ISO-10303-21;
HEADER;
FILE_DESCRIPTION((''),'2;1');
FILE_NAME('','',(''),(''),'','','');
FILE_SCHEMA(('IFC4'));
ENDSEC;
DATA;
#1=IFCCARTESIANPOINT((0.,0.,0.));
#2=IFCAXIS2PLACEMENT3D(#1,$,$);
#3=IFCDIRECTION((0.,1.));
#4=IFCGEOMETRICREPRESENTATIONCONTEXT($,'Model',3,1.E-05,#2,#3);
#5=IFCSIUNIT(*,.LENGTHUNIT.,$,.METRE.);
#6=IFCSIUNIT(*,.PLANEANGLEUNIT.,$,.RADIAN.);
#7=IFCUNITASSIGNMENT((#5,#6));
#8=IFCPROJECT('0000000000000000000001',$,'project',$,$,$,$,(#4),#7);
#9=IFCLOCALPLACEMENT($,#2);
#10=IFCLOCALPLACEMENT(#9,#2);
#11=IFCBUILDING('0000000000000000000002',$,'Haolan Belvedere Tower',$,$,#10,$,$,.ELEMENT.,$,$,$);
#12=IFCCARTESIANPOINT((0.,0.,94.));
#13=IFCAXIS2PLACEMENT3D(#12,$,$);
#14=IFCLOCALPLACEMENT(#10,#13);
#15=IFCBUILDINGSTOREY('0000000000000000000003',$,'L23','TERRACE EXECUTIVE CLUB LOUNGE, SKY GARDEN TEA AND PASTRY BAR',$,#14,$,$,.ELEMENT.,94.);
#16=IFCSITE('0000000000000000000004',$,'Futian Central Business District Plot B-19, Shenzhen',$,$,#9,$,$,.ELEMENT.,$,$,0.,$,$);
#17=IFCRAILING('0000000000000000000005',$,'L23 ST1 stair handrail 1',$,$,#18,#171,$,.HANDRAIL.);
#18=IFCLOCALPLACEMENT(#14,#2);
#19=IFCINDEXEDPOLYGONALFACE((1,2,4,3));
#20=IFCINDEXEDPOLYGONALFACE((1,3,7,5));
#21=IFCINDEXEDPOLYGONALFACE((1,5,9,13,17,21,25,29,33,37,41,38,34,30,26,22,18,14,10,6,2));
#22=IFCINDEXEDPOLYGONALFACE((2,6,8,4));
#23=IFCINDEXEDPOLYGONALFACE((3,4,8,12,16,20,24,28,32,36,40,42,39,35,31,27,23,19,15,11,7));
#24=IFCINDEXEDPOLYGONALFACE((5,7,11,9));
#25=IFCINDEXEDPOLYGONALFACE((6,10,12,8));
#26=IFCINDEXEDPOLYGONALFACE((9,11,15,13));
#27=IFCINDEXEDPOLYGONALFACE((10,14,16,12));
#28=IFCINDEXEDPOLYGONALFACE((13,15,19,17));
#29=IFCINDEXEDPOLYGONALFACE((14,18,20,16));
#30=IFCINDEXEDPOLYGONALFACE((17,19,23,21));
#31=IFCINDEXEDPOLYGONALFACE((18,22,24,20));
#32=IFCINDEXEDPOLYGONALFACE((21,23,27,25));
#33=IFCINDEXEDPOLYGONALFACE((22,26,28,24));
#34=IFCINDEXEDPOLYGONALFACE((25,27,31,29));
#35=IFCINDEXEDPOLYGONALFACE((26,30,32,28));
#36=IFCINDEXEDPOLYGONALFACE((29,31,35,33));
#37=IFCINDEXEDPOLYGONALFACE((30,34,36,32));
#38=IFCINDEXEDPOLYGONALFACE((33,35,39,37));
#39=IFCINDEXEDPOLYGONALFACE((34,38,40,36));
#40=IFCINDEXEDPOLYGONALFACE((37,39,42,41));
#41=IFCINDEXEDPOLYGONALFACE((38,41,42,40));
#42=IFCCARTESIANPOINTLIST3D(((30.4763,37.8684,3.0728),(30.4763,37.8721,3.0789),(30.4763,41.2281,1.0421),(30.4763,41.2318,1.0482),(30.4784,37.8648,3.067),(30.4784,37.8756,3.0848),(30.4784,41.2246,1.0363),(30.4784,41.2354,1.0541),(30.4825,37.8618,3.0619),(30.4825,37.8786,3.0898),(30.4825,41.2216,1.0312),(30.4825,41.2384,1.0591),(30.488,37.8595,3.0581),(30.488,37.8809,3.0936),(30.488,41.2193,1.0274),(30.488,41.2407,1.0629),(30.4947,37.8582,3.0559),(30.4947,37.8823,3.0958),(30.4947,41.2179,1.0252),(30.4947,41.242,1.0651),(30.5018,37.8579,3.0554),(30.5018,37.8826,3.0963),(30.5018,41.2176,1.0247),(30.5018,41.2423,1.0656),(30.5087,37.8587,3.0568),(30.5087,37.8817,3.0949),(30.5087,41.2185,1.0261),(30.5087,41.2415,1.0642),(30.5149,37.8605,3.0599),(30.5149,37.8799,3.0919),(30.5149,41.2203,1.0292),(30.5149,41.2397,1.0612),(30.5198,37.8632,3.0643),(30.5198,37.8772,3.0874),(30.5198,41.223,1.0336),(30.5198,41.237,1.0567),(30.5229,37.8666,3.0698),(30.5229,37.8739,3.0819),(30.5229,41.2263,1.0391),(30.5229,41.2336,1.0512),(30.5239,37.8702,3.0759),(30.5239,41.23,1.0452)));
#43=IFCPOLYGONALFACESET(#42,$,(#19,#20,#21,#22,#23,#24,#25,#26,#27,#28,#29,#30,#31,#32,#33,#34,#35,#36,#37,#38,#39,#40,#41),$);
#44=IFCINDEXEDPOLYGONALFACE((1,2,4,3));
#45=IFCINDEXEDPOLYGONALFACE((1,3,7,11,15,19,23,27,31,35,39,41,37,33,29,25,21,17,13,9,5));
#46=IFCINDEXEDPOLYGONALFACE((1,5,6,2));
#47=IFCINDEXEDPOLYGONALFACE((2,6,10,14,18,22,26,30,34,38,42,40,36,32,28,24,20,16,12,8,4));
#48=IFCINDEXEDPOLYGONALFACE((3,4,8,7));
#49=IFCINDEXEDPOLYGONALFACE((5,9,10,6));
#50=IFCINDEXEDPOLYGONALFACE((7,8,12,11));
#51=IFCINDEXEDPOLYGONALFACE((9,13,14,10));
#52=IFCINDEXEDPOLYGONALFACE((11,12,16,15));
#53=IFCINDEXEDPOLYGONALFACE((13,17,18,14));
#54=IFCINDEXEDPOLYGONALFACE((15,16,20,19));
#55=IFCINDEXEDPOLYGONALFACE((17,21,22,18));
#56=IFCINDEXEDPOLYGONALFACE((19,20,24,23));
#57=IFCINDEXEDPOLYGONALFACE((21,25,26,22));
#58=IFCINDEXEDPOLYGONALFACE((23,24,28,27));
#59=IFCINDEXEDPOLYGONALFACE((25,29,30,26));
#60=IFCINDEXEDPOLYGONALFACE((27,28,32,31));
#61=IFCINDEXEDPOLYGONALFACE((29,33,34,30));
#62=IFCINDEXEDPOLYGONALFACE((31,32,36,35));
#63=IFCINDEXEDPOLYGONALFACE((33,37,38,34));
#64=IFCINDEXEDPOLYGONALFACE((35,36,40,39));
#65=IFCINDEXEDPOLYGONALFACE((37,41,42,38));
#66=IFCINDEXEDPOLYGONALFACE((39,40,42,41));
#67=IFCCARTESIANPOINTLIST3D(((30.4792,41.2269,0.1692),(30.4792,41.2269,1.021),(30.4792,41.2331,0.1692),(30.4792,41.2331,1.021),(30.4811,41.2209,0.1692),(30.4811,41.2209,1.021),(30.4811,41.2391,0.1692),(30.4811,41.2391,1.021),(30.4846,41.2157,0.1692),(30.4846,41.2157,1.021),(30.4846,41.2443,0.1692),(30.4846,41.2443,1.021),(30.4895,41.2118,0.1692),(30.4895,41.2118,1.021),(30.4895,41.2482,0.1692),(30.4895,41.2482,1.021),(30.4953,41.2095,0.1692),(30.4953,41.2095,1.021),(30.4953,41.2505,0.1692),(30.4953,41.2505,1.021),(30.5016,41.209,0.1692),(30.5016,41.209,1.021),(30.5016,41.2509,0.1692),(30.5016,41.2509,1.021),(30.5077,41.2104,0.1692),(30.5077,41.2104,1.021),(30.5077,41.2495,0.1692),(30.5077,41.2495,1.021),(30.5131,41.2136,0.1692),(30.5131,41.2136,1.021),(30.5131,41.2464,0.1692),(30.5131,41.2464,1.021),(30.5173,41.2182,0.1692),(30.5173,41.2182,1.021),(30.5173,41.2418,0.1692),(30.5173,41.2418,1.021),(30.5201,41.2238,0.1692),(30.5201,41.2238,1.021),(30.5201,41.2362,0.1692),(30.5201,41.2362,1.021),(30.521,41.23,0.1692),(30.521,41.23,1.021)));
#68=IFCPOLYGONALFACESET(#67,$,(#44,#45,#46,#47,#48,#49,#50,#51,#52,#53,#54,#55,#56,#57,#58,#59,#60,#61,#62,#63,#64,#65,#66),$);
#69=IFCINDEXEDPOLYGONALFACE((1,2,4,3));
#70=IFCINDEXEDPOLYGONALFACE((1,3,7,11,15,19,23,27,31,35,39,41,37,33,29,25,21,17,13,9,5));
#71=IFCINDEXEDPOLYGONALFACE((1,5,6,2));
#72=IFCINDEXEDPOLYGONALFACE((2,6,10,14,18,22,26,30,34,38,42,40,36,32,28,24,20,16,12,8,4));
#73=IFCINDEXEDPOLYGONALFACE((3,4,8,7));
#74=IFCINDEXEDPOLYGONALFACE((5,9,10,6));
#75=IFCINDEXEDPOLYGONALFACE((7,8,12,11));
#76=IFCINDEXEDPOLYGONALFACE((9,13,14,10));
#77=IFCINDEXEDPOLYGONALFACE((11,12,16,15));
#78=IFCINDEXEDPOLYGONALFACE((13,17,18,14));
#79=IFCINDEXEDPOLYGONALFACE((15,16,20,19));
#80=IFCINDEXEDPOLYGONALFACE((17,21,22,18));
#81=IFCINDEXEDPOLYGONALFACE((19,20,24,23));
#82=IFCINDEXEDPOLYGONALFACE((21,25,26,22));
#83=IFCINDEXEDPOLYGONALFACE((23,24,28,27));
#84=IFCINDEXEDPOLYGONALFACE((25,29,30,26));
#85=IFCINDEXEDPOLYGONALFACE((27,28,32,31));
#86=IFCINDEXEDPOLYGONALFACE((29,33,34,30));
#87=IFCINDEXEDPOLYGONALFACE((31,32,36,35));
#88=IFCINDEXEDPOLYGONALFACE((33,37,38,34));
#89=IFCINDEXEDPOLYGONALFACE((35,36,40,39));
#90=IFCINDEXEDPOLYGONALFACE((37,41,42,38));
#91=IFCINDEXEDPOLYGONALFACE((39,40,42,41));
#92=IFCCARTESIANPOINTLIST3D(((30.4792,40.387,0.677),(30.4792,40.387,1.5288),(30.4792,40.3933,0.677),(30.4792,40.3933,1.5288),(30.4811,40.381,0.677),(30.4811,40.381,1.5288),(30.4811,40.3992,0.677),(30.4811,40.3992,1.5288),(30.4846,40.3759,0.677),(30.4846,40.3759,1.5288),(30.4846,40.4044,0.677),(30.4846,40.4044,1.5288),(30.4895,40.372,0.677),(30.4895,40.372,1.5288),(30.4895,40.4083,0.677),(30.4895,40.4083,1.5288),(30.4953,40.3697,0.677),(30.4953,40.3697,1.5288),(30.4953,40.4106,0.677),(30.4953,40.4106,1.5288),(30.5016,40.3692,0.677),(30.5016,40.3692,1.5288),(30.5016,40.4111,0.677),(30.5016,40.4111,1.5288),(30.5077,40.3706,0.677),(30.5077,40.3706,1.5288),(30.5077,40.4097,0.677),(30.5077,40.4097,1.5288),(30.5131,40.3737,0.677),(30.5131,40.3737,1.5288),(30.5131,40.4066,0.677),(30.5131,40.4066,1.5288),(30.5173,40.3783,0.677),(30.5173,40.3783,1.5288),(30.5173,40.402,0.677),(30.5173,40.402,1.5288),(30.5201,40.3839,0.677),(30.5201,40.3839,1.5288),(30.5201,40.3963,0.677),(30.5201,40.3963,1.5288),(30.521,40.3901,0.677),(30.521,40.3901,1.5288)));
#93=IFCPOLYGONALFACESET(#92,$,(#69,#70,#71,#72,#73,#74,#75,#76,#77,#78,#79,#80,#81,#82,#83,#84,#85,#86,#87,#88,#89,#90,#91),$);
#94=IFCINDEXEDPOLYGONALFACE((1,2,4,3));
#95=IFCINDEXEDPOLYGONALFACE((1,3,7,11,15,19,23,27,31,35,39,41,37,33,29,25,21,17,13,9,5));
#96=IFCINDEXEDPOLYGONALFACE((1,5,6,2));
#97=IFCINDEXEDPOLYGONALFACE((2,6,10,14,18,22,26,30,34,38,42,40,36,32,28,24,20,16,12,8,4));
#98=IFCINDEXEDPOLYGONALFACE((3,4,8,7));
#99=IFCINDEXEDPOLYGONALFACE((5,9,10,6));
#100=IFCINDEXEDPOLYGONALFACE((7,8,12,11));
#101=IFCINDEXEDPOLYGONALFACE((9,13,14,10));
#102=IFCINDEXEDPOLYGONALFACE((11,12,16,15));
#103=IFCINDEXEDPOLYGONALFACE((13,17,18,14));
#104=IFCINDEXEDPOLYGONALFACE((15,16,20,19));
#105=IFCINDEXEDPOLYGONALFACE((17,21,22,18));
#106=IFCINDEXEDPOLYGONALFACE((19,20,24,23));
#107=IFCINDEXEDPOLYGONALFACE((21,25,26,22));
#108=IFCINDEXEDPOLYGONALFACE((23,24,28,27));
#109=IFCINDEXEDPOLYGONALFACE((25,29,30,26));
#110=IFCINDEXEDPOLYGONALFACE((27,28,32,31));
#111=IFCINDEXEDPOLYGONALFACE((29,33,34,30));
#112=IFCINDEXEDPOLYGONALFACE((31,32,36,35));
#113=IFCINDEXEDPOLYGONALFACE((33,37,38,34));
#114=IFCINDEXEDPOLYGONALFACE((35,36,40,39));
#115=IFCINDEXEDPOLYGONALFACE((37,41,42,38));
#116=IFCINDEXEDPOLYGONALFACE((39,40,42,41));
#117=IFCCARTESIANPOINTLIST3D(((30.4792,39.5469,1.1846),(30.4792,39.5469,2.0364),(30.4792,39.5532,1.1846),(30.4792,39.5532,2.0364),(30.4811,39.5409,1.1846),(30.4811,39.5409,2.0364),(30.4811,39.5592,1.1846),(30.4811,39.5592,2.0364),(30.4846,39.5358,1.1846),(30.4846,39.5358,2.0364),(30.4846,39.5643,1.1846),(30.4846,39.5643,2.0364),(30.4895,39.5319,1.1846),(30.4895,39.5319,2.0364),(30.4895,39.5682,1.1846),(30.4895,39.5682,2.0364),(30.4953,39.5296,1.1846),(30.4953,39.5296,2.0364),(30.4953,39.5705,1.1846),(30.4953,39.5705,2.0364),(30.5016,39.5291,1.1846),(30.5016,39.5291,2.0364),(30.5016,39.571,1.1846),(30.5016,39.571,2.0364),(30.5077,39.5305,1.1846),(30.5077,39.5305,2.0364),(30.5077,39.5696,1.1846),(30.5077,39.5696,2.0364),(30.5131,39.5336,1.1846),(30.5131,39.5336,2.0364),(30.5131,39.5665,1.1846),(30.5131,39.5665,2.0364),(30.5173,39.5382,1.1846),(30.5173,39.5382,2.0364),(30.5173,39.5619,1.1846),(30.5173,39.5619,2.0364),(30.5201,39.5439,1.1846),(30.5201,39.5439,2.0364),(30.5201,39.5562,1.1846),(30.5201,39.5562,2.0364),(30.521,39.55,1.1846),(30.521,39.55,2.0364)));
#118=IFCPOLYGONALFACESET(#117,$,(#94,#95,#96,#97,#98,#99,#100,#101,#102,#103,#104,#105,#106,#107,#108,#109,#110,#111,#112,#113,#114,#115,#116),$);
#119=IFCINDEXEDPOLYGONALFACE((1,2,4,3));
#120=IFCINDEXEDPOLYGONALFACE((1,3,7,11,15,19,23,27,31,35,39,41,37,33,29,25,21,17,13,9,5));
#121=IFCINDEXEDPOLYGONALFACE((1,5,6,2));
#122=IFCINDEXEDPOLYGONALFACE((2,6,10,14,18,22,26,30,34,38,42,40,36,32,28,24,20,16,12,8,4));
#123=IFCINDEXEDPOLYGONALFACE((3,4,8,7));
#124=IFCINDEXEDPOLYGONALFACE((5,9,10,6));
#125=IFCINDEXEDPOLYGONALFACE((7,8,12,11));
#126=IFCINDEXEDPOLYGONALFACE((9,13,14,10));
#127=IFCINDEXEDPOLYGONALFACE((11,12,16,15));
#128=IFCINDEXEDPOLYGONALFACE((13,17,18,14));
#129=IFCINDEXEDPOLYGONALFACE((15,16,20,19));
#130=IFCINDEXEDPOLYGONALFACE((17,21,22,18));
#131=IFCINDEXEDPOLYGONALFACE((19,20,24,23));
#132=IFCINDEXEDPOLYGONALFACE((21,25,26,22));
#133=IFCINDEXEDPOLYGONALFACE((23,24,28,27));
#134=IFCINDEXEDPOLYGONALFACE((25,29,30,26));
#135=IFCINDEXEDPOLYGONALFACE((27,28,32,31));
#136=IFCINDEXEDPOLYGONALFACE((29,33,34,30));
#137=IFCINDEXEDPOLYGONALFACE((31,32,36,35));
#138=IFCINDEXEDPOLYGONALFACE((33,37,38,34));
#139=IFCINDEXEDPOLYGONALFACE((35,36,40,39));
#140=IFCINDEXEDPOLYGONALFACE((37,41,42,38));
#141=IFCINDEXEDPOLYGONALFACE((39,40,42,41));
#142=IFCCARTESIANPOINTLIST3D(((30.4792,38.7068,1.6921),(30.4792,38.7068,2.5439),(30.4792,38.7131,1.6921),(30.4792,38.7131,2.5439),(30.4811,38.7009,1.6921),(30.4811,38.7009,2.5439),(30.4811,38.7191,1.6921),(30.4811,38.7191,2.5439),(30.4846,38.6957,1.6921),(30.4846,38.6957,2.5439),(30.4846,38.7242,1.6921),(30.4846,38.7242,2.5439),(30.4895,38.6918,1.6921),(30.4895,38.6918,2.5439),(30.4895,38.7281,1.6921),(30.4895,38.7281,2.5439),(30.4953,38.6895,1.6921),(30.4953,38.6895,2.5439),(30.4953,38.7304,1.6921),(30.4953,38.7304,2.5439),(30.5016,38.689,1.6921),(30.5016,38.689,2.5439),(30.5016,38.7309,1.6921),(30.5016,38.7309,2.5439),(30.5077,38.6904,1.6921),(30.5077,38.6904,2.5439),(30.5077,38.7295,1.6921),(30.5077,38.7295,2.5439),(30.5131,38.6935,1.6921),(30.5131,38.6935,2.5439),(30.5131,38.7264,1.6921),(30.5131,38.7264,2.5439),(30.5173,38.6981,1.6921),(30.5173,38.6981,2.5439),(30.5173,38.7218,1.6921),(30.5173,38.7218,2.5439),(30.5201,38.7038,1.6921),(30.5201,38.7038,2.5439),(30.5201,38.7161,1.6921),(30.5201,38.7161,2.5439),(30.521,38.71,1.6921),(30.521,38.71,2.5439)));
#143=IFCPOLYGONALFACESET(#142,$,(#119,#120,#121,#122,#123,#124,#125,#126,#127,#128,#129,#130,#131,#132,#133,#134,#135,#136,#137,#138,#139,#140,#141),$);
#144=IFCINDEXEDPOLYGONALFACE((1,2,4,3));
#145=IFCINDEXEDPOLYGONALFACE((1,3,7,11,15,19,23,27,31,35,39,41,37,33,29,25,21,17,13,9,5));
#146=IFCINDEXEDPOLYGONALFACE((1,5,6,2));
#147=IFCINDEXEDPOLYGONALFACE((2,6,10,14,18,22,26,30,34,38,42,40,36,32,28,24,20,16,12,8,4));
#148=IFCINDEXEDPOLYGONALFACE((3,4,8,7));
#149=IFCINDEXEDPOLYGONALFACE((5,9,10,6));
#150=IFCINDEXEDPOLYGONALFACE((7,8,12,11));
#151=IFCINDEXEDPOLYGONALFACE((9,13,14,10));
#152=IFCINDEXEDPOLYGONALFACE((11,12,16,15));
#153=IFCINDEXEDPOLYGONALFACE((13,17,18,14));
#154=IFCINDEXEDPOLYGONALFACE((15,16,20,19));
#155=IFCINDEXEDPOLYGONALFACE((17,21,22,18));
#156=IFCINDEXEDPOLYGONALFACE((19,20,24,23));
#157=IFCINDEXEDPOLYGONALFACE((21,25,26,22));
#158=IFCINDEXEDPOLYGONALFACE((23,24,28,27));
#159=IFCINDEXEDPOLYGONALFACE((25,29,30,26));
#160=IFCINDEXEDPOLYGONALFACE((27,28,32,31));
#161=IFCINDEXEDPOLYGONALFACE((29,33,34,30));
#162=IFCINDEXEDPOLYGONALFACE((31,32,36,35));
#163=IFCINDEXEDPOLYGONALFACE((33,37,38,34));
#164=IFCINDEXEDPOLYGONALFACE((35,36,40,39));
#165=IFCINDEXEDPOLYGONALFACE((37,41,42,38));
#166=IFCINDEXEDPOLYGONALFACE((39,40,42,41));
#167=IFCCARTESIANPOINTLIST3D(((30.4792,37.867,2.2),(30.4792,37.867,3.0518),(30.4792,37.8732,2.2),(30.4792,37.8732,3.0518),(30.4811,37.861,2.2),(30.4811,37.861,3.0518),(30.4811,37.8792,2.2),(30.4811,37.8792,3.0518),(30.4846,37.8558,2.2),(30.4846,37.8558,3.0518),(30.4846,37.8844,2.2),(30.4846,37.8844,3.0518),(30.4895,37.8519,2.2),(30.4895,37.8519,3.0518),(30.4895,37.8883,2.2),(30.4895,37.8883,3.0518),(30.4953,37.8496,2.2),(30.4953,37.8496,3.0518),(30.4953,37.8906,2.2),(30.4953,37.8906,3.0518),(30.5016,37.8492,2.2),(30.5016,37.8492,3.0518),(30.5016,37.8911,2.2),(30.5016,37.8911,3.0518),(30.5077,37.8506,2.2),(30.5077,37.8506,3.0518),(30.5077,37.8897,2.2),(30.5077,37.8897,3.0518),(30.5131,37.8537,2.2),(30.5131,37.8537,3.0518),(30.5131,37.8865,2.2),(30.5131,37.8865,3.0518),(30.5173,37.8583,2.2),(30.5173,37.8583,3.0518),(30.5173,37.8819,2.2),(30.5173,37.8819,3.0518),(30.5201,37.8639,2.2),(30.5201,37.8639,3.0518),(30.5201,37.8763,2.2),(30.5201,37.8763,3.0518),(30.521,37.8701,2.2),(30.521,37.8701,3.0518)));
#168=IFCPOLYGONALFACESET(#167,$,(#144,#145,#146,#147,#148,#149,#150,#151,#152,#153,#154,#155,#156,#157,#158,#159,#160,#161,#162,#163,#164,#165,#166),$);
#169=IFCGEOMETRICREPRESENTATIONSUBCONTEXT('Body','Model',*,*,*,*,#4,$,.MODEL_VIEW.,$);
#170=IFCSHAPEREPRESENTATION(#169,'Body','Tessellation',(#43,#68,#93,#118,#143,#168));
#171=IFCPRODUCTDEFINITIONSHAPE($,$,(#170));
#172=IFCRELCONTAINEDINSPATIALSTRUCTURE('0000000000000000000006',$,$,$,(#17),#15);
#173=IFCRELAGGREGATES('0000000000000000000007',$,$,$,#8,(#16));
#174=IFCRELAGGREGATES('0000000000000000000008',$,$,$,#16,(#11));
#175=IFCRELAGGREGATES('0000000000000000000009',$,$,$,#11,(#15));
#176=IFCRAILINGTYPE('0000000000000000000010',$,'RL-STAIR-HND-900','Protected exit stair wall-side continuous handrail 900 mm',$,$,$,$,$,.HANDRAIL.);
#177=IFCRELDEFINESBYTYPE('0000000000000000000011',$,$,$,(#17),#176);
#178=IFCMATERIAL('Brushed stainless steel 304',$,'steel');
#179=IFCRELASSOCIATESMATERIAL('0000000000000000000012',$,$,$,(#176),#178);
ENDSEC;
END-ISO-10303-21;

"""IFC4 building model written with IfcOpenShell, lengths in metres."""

from ifc_helpers import new_model, si_unit, direction, frame, origin, origin_2d, place, context, subcontext, project, spatial, circle, extrude, material, type_object, element, save


model = new_model("IFC4")

# Units and contexts
model_context = context("Model", 3, precision=1e-05, world=origin(), true_north=direction((0.0, 1.0)))
body_context = subcontext(model_context, "Body", "Model", "MODEL_VIEW")
ifc_project = project(units=[si_unit("LENGTHUNIT", "METRE"), si_unit("PLANEANGLEUNIT", "RADIAN")], contexts=[model_context])

# Site, building, storey
site_placement = place(None, origin())
site = spatial("IfcSite", under=ifc_project, at=site_placement, Name="Futian Central Business District Plot B-19, Shenzhen", CompositionType="ELEMENT", RefElevation=0.0)
building_placement = place(site_placement, origin())
building = spatial("IfcBuilding", under=site, at=building_placement, Name="Haolan Belvedere Tower", CompositionType="ELEMENT")
storey_placement = place(building_placement, frame((0.0, 0.0, 94.0)))
storey = spatial("IfcBuildingStorey", under=building, at=storey_placement, Name="L23", Description="TERRACE EXECUTIVE CLUB LOUNGE, SKY GARDEN TEA AND PASTRY BAR", CompositionType="ELEMENT", Elevation=94.0)

# Railing
ifc_material_1 = material(Name="Brushed stainless steel 304", Category="steel")
railing_type_1 = type_object("IfcRailingType", Name="RL-STAIR-HND-900", Description="Protected exit stair wall-side continuous handrail 900 mm", PredefinedType="HANDRAIL", material=ifc_material_1)
railing_1_placement = place(storey_placement, frame((30.5, 41.23, 0.1692)))
element("IfcRailing", 1, at=railing_1_placement, inside=storey, type_object=railing_type_1, Name="L23 ST1 stair handrail 1", PredefinedType="HANDRAIL", context=body_context, shape_type="SweptSolid", body=[
    extrude(circle(Radius=0.0239, at=origin_2d()), frame((0.0, 0.0, 0.876), z_axis=(0.0, -0.85582, 0.517273), x_axis=(1.0, 0.0, 0.0)), (0.0, 0.0, 1.0), 3.9258),
    extrude(circle(Radius=0.021, at=origin_2d()), origin(), (0.0, 0.0, 1.0), 0.8518),
    extrude(circle(Radius=0.021, at=origin_2d()), frame((0.0, -0.8398, 0.5078)), (0.0, 0.0, 1.0), 0.8518),
    extrude(circle(Radius=0.021, at=origin_2d()), frame((0.0, -1.6799, 1.0154)), (0.0, 0.0, 1.0), 0.8518),
    extrude(circle(Radius=0.021, at=origin_2d()), frame((0.0, -2.52, 1.5229)), (0.0, 0.0, 1.0), 0.8518),
    extrude(circle(Radius=0.021, at=origin_2d()), frame((0.0, -3.3599, 2.0308)), (0.0, 0.0, 1.0), 0.8518),
])

save(model, "model.ifc")
